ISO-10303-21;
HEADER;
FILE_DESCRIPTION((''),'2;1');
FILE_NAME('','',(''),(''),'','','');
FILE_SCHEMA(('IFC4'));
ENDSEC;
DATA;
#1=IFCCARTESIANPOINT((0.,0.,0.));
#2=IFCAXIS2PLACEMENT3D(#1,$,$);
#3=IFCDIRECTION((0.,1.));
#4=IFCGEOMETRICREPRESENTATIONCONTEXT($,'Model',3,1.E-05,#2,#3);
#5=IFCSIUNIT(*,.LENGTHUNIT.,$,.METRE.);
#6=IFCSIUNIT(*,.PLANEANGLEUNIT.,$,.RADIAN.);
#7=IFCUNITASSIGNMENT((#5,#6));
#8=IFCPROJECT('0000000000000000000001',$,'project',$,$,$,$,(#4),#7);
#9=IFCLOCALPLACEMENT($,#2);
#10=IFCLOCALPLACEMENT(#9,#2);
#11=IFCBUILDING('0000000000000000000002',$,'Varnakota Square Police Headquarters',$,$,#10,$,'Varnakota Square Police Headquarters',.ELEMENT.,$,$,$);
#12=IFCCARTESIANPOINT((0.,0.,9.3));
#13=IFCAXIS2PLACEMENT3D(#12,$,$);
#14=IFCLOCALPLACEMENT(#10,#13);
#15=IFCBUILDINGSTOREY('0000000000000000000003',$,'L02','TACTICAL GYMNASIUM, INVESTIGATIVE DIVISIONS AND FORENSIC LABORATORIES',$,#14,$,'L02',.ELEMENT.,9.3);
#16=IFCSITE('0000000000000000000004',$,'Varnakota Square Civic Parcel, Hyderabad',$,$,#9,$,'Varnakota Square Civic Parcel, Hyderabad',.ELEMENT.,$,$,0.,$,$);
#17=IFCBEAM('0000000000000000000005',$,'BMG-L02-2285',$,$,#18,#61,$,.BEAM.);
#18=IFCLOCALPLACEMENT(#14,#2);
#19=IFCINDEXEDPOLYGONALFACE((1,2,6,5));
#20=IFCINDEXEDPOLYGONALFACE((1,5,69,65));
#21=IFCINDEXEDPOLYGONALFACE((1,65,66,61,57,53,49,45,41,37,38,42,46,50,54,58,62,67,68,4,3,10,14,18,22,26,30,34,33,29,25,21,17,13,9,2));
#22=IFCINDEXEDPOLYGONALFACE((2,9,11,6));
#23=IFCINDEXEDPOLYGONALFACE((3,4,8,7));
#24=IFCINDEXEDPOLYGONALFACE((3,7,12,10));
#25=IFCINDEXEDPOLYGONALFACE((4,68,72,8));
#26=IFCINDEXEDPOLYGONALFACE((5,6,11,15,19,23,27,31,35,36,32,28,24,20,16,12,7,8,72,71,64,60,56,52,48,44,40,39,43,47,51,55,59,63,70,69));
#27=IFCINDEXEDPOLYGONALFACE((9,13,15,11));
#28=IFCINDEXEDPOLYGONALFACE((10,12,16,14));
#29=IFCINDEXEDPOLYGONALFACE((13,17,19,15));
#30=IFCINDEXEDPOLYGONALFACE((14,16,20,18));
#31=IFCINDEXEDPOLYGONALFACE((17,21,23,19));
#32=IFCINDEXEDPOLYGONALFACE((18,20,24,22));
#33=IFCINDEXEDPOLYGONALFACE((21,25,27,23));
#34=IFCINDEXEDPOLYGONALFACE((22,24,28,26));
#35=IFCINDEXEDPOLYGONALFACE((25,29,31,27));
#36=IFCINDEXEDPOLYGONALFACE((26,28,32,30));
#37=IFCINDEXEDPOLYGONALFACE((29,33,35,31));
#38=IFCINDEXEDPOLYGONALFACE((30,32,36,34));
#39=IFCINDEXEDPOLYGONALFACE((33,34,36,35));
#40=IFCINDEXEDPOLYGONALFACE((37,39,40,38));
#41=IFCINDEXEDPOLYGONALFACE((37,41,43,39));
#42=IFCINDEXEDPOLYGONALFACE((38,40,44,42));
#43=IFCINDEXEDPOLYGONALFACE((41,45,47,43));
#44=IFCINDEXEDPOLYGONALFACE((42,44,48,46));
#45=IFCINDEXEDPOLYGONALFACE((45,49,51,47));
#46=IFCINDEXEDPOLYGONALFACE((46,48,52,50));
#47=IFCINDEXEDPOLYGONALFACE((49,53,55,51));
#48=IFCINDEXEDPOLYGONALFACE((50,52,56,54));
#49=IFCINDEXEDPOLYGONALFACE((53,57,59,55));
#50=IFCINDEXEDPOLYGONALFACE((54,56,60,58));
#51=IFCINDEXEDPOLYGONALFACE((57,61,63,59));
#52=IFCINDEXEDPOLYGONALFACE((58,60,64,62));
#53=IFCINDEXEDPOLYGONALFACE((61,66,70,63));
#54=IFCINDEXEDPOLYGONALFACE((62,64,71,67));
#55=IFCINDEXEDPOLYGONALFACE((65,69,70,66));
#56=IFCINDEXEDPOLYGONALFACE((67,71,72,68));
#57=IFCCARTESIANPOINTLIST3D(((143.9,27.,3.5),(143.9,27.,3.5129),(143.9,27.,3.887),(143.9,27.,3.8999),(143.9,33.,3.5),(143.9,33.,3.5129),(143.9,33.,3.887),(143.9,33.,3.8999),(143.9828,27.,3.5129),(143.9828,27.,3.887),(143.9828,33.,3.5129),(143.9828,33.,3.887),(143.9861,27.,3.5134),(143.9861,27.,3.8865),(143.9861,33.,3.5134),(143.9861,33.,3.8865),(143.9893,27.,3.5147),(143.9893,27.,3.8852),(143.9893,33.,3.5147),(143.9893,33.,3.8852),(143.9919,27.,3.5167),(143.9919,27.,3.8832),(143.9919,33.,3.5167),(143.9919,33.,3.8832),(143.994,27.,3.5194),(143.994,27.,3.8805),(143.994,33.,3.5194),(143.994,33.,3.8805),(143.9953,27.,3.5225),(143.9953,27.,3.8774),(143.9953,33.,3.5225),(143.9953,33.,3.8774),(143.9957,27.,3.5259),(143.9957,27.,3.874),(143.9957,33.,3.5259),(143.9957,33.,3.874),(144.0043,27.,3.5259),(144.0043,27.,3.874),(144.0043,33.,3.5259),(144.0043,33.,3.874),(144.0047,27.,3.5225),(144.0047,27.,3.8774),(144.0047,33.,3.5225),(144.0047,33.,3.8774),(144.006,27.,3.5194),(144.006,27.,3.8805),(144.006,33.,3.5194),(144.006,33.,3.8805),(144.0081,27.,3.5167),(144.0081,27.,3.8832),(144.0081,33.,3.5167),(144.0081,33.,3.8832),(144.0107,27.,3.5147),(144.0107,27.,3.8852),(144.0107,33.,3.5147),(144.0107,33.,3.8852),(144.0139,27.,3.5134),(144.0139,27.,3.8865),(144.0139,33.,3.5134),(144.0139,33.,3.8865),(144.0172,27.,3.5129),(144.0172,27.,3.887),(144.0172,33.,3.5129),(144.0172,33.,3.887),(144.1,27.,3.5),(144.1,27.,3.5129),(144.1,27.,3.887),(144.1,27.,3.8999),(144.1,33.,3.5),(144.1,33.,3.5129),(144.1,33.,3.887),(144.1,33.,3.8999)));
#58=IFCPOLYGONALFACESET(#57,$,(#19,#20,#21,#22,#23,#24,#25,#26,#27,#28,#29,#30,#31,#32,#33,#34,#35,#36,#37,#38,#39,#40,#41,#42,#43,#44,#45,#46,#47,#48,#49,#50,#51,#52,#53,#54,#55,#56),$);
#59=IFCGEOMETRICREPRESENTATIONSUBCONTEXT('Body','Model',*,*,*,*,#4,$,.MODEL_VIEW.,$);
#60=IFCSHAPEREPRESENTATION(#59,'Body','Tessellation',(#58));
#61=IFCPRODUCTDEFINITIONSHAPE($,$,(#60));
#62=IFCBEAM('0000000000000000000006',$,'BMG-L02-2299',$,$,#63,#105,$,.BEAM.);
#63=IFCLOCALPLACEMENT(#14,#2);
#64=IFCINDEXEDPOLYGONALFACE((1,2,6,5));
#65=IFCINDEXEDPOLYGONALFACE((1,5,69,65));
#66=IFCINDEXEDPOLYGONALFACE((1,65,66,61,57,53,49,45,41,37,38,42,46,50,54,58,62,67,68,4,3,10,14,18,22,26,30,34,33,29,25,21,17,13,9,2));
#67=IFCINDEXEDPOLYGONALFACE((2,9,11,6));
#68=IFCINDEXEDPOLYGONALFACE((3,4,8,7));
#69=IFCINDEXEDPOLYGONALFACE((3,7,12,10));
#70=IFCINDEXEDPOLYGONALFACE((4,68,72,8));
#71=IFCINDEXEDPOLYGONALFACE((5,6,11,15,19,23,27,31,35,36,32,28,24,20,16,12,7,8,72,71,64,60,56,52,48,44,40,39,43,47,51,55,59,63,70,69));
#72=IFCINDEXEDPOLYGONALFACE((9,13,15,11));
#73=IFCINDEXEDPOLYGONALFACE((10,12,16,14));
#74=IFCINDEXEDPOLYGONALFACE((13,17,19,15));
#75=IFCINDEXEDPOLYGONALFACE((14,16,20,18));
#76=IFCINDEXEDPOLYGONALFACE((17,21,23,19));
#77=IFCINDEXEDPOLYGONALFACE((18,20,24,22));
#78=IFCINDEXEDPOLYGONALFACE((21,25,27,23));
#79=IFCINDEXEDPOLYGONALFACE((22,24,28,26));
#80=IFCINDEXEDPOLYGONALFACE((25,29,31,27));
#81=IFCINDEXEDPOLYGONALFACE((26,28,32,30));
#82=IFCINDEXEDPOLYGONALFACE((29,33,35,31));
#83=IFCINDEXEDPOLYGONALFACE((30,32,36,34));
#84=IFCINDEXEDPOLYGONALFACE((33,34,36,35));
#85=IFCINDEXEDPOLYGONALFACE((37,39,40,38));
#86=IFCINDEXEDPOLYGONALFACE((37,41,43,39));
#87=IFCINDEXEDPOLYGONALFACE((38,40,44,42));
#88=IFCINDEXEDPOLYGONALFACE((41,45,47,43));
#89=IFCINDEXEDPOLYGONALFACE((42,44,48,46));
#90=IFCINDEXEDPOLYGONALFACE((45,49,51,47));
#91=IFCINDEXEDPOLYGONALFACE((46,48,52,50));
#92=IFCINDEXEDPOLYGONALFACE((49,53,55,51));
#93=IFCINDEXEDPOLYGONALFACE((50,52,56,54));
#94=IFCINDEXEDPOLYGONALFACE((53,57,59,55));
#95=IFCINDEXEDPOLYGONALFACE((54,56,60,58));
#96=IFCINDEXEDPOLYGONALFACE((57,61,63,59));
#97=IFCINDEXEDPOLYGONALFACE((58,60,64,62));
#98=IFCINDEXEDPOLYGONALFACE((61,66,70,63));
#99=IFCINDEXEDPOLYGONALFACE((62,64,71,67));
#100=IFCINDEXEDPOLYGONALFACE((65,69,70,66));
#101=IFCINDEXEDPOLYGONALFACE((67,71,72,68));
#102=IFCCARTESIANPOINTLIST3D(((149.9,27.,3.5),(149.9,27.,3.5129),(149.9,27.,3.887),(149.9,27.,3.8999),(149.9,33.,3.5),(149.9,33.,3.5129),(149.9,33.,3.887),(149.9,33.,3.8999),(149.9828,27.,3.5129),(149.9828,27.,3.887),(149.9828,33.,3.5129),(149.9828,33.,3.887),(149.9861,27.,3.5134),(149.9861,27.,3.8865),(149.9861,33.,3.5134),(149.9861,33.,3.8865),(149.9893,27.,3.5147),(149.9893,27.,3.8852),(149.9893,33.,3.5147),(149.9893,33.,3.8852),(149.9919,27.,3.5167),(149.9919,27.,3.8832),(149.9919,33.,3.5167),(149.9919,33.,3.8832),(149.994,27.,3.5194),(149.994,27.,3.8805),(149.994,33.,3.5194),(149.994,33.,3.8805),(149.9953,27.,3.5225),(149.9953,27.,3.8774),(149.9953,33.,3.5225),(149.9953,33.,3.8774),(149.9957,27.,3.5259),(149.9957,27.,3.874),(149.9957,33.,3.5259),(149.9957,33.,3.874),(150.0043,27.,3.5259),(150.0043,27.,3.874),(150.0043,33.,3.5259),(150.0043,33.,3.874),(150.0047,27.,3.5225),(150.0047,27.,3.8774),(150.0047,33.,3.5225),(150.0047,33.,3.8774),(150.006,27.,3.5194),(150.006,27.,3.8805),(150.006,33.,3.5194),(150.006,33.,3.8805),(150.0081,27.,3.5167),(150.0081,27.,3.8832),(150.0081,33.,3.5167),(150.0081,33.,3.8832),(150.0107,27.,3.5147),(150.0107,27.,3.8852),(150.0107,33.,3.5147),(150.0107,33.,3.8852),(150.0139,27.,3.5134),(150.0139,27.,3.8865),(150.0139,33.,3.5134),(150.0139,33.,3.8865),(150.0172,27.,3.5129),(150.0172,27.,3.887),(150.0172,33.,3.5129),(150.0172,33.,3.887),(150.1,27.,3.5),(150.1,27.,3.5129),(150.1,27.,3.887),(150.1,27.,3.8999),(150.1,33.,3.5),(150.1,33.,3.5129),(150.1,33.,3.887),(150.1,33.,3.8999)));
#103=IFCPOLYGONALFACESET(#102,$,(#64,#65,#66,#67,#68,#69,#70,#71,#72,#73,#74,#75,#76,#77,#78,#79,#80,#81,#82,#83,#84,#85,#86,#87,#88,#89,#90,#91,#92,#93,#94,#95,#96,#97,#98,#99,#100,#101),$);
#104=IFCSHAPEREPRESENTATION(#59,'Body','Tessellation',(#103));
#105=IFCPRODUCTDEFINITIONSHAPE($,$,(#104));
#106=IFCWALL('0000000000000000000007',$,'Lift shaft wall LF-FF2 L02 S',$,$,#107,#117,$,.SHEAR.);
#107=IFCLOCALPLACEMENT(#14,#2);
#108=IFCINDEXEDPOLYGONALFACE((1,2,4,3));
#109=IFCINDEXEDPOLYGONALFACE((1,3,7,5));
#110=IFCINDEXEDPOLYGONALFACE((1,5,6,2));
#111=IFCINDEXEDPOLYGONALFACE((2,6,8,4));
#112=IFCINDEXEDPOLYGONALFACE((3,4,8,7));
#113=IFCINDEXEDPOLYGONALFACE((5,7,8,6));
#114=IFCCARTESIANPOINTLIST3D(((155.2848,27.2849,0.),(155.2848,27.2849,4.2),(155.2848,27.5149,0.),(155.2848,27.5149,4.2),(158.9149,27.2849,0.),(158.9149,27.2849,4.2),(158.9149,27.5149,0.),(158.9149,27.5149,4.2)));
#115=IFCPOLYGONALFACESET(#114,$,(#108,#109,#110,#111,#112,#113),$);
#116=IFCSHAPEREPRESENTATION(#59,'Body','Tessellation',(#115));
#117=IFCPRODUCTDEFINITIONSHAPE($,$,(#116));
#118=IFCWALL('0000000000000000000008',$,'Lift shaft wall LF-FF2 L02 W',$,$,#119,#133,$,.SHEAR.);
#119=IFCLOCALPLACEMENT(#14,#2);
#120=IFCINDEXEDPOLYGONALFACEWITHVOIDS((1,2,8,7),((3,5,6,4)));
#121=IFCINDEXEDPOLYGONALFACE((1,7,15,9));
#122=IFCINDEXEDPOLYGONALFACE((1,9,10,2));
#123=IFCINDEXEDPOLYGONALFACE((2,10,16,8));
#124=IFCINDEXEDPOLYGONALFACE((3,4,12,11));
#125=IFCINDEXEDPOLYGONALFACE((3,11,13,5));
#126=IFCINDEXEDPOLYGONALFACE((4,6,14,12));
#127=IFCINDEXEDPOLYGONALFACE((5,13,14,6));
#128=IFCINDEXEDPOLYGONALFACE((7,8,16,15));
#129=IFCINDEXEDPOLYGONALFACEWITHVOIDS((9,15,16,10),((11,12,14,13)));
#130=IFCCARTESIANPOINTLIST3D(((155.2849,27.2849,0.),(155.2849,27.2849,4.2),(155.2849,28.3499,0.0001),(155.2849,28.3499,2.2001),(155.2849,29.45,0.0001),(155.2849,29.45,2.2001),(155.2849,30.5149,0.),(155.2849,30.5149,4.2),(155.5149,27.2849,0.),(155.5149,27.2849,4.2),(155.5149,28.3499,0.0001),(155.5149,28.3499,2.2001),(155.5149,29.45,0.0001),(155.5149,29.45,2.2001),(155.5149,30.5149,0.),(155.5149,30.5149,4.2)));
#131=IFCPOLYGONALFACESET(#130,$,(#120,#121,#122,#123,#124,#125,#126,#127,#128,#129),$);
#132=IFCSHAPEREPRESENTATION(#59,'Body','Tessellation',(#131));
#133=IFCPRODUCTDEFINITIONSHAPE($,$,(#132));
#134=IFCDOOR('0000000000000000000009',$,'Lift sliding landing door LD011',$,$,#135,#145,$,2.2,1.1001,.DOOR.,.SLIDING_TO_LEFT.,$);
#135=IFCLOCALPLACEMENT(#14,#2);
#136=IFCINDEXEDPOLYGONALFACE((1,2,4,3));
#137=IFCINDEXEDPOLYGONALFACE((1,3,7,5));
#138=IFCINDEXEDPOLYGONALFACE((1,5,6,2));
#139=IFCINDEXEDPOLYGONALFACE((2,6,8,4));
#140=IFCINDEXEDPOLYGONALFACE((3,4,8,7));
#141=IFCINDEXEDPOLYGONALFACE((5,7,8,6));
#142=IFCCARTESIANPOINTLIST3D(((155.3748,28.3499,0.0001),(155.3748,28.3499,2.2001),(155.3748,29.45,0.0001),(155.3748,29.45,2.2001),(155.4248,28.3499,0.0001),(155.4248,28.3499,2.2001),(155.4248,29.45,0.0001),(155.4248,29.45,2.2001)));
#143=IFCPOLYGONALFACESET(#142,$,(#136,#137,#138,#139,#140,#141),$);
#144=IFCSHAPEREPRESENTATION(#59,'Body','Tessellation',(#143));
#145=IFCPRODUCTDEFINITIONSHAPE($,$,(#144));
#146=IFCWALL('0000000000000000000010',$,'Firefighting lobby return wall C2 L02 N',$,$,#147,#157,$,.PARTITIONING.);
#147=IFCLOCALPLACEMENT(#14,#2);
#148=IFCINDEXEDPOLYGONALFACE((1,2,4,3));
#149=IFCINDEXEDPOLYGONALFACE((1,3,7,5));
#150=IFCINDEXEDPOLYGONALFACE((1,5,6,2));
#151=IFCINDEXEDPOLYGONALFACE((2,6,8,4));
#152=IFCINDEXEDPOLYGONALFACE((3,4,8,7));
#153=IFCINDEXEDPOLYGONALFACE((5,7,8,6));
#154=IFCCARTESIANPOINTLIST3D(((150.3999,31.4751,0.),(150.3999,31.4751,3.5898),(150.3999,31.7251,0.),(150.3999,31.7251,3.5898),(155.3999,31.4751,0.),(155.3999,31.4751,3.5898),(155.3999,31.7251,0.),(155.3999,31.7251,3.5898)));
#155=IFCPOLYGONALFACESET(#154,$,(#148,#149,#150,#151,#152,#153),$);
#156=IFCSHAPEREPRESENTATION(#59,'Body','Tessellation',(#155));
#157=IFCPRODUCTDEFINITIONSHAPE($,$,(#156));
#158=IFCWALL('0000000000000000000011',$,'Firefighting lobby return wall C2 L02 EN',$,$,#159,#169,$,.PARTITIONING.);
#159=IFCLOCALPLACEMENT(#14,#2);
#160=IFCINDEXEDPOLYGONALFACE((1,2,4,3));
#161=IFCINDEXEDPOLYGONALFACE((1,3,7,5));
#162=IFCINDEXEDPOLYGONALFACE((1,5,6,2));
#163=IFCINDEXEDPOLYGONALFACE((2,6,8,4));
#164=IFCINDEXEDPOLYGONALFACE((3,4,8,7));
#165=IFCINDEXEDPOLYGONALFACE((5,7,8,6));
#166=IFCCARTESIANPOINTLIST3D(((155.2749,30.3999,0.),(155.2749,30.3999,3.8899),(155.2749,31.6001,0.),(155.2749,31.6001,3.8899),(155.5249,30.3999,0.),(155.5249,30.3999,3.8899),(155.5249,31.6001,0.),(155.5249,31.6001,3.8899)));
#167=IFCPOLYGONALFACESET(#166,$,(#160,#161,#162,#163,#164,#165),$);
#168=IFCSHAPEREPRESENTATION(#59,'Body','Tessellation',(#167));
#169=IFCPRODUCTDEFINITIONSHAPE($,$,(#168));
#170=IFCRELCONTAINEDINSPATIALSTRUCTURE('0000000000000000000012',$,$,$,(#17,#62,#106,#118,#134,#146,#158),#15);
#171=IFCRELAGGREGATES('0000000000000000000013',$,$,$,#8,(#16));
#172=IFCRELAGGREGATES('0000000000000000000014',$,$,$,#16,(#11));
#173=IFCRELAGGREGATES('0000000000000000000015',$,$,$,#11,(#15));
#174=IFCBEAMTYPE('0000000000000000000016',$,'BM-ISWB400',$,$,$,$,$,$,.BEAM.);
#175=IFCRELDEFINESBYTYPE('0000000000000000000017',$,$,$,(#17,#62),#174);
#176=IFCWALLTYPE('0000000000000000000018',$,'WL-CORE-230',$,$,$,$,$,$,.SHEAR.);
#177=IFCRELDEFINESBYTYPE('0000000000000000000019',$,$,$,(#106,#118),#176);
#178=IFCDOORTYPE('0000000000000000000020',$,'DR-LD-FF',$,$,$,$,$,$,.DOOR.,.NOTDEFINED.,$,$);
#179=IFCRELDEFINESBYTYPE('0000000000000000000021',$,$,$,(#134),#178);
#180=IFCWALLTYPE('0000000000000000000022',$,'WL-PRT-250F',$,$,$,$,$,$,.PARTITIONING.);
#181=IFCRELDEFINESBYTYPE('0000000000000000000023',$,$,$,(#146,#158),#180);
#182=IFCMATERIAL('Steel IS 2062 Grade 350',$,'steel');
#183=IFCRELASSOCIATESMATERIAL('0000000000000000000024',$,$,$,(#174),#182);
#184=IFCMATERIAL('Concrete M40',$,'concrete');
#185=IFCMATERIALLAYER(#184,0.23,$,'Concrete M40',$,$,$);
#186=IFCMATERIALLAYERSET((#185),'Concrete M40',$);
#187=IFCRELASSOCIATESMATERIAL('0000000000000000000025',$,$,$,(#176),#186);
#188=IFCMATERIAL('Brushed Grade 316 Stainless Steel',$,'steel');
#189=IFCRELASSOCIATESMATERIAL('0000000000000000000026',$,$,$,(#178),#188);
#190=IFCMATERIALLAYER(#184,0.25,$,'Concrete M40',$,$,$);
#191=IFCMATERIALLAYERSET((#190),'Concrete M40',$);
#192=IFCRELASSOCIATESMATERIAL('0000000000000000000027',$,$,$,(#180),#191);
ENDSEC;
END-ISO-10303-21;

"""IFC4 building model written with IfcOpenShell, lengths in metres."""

from ifc_helpers import new_model, si_unit, direction, frame, frame_2d, origin, origin_2d, place, context, subcontext, project, spatial, rectangle, i_section, extrude, material, layer, layer_set, material_profile, profile_set, type_object, element, fill, save


model = new_model("IFC4")

# Units and contexts
model_context = context("Model", 3, precision=1e-05, world=origin(), true_north=direction((0.0, 1.0)))
body_context = subcontext(model_context, "Body", "Model", "MODEL_VIEW")
ifc_project = project(units=[si_unit("LENGTHUNIT", "METRE"), si_unit("PLANEANGLEUNIT", "RADIAN")], contexts=[model_context])

# Site, building, storey
site_placement = place(None, origin())
site = spatial("IfcSite", under=ifc_project, at=site_placement, Name="Varnakota Square Civic Parcel, Hyderabad", LongName="Varnakota Square Civic Parcel, Hyderabad", CompositionType="ELEMENT", RefElevation=0.0)
building_placement = place(site_placement, origin())
building = spatial("IfcBuilding", under=site, at=building_placement, Name="Varnakota Square Police Headquarters", LongName="Varnakota Square Police Headquarters", CompositionType="ELEMENT")
storey_placement = place(building_placement, frame((0.0, 0.0, 9.3)))
storey = spatial("IfcBuildingStorey", under=building, at=storey_placement, Name="L02", Description="TACTICAL GYMNASIUM, INVESTIGATIVE DIVISIONS AND FORENSIC LABORATORIES", LongName="L02", CompositionType="ELEMENT", Elevation=9.3)

# Shared definitions
ifc_material_1 = material(Name="Steel IS 2062 Grade 350", Category="steel")

# Beams
ifc_material_profile_1 = material_profile(ifc_material_1, i_section(OverallWidth=0.2, OverallDepth=0.3999, WebThickness=0.0085, FlangeThickness=0.0129, FilletRadius=0.0129, at=origin_2d()), Name="ISWB 400")
ifc_profile_set_1 = profile_set([ifc_material_profile_1], Name="Steel IS 2062 Grade 350")
beam_type_1 = type_object("IfcBeamType", Name="BM-ISWB400", PredefinedType="BEAM", material=ifc_profile_set_1)
for number, where, z_axis, x_axis, name in (
    (1, (144.0, 27.0, 3.7), (0.0, 1.0, 0.0), (-1.0, 0.0, 0.0), "BMG-L02-2285"),
    (2, (150.0, 27.0, 3.7), (0.0, 1.0, 0.0), (-1.0, 0.0, 0.0), "BMG-L02-2299"),
):
    element("IfcBeam", number, at=place(storey_placement, frame(where, z_axis=z_axis, x_axis=x_axis)), inside=storey, type_object=beam_type_1, Name=name, PredefinedType="BEAM", context=body_context, shape_type="SweptSolid", body=[
        extrude(i_section(OverallWidth=0.2, OverallDepth=0.3999, WebThickness=0.0085, FlangeThickness=0.0129, FilletRadius=0.0129, at=origin_2d()), origin(), (0.0, 0.0, 1.0), 6.0),
    ])

# Wall
ifc_material_2 = material(Name="Concrete M40", Category="concrete")
ifc_layer_1 = layer(ifc_material_2, 0.23, Name="Concrete M40")
ifc_layer_set_1 = layer_set([ifc_layer_1], Name="Concrete M40")
wall_type_1 = type_object("IfcWallType", Name="WL-CORE-230", PredefinedType="SHEAR", material=ifc_layer_set_1)
wall_1_placement = place(storey_placement, frame((155.2849, 27.3999, 0.0), z_axis=(0.0, 0.0, 1.0), x_axis=(1.0, 0.0, 0.0)))
element("IfcWall", 3, at=wall_1_placement, inside=storey, type_object=wall_type_1, Name="Lift shaft wall LF-FF2 L02 S", PredefinedType="SHEAR", context=body_context, shape_type="SweptSolid", body=[
    extrude(rectangle(XDim=3.6301, YDim=0.23, at=frame_2d((1.8149, 0.0))), origin(), (0.0, 0.0, 1.0), 4.2),
])

# Wall, opening, door
wall_2_placement = place(storey_placement, frame((155.3999, 30.5149, 0.0), z_axis=(0.0, 0.0, 1.0), x_axis=(0.0, -1.0, 0.0)))
wall_2 = element("IfcWall", 4, at=wall_2_placement, inside=storey, type_object=wall_type_1, Name="Lift shaft wall LF-FF2 L02 W", PredefinedType="SHEAR", context=body_context, shape_type="SweptSolid", body=[
    extrude(rectangle(XDim=3.23, YDim=0.23, at=frame_2d((1.615, 0.0))), origin(), (0.0, 0.0, 1.0), 4.2),
])
opening_placement = place(wall_2_placement, frame((1.0649, 0.0, 0.0)))
opening = element("IfcOpeningElement", 5, at=opening_placement, cuts=wall_2, PredefinedType="OPENING", context=body_context, shape_type="SweptSolid", body=[
    extrude(rectangle(XDim=1.1001, YDim=2.2, at=frame_2d((0.55, 1.1001))), frame((0.0, 0.125, 0.0), z_axis=(0.0, -1.0, 0.0), x_axis=(1.0, 0.0, 0.0)), (0.0, 0.0, 1.0), 0.25),
])
ifc_material_3 = material(Name="Brushed Grade 316 Stainless Steel", Category="steel")
door_type = type_object("IfcDoorType", Name="DR-LD-FF", OperationType="NOTDEFINED", PredefinedType="DOOR", material=ifc_material_3)
door_placement = place(opening_placement, origin())
door = element("IfcDoor", 6, at=door_placement, inside=storey, type_object=door_type, Name="Lift sliding landing door LD011", OperationType="SLIDING_TO_LEFT", OverallHeight=2.2, OverallWidth=1.1001, PredefinedType="DOOR", context=body_context, shape_type="SweptSolid", body=[
    extrude(rectangle(XDim=1.1001, YDim=2.2, at=frame_2d((0.55, 1.1001))), frame((0.0, 0.0249, 0.0), z_axis=(0.0, -1.0, 0.0), x_axis=(1.0, 0.0, 0.0)), (0.0, 0.0, 1.0), 0.05),
])
fill(opening, door)

# Walls
ifc_layer_2 = layer(ifc_material_2, 0.25, Name="Concrete M40")
ifc_layer_set_2 = layer_set([ifc_layer_2], Name="Concrete M40")
wall_type_2 = type_object("IfcWallType", Name="WL-PRT-250F", PredefinedType="PARTITIONING", material=ifc_layer_set_2)
wall_3_placement = place(storey_placement, frame((150.3999, 31.6001, 0.0), z_axis=(0.0, 0.0, 1.0), x_axis=(1.0, 0.0, 0.0)))
element("IfcWall", 7, at=wall_3_placement, inside=storey, type_object=wall_type_2, Name="Firefighting lobby return wall C2 L02 N", PredefinedType="PARTITIONING", context=body_context, shape_type="SweptSolid", body=[
    extrude(rectangle(XDim=5.0, YDim=0.25, at=frame_2d((2.5, 0.0))), origin(), (0.0, 0.0, 1.0), 3.5898),
])
wall_4_placement = place(storey_placement, frame((155.3999, 30.3999, 0.0), z_axis=(0.0, 0.0, 1.0), x_axis=(0.0, 1.0, 0.0)))
element("IfcWall", 8, at=wall_4_placement, inside=storey, type_object=wall_type_2, Name="Firefighting lobby return wall C2 L02 EN", PredefinedType="PARTITIONING", context=body_context, shape_type="SweptSolid", body=[
    extrude(rectangle(XDim=1.2002, YDim=0.25, at=frame_2d((0.6001, 0.0))), origin(), (0.0, 0.0, 1.0), 3.8899),
])

save(model, "model.ifc")
